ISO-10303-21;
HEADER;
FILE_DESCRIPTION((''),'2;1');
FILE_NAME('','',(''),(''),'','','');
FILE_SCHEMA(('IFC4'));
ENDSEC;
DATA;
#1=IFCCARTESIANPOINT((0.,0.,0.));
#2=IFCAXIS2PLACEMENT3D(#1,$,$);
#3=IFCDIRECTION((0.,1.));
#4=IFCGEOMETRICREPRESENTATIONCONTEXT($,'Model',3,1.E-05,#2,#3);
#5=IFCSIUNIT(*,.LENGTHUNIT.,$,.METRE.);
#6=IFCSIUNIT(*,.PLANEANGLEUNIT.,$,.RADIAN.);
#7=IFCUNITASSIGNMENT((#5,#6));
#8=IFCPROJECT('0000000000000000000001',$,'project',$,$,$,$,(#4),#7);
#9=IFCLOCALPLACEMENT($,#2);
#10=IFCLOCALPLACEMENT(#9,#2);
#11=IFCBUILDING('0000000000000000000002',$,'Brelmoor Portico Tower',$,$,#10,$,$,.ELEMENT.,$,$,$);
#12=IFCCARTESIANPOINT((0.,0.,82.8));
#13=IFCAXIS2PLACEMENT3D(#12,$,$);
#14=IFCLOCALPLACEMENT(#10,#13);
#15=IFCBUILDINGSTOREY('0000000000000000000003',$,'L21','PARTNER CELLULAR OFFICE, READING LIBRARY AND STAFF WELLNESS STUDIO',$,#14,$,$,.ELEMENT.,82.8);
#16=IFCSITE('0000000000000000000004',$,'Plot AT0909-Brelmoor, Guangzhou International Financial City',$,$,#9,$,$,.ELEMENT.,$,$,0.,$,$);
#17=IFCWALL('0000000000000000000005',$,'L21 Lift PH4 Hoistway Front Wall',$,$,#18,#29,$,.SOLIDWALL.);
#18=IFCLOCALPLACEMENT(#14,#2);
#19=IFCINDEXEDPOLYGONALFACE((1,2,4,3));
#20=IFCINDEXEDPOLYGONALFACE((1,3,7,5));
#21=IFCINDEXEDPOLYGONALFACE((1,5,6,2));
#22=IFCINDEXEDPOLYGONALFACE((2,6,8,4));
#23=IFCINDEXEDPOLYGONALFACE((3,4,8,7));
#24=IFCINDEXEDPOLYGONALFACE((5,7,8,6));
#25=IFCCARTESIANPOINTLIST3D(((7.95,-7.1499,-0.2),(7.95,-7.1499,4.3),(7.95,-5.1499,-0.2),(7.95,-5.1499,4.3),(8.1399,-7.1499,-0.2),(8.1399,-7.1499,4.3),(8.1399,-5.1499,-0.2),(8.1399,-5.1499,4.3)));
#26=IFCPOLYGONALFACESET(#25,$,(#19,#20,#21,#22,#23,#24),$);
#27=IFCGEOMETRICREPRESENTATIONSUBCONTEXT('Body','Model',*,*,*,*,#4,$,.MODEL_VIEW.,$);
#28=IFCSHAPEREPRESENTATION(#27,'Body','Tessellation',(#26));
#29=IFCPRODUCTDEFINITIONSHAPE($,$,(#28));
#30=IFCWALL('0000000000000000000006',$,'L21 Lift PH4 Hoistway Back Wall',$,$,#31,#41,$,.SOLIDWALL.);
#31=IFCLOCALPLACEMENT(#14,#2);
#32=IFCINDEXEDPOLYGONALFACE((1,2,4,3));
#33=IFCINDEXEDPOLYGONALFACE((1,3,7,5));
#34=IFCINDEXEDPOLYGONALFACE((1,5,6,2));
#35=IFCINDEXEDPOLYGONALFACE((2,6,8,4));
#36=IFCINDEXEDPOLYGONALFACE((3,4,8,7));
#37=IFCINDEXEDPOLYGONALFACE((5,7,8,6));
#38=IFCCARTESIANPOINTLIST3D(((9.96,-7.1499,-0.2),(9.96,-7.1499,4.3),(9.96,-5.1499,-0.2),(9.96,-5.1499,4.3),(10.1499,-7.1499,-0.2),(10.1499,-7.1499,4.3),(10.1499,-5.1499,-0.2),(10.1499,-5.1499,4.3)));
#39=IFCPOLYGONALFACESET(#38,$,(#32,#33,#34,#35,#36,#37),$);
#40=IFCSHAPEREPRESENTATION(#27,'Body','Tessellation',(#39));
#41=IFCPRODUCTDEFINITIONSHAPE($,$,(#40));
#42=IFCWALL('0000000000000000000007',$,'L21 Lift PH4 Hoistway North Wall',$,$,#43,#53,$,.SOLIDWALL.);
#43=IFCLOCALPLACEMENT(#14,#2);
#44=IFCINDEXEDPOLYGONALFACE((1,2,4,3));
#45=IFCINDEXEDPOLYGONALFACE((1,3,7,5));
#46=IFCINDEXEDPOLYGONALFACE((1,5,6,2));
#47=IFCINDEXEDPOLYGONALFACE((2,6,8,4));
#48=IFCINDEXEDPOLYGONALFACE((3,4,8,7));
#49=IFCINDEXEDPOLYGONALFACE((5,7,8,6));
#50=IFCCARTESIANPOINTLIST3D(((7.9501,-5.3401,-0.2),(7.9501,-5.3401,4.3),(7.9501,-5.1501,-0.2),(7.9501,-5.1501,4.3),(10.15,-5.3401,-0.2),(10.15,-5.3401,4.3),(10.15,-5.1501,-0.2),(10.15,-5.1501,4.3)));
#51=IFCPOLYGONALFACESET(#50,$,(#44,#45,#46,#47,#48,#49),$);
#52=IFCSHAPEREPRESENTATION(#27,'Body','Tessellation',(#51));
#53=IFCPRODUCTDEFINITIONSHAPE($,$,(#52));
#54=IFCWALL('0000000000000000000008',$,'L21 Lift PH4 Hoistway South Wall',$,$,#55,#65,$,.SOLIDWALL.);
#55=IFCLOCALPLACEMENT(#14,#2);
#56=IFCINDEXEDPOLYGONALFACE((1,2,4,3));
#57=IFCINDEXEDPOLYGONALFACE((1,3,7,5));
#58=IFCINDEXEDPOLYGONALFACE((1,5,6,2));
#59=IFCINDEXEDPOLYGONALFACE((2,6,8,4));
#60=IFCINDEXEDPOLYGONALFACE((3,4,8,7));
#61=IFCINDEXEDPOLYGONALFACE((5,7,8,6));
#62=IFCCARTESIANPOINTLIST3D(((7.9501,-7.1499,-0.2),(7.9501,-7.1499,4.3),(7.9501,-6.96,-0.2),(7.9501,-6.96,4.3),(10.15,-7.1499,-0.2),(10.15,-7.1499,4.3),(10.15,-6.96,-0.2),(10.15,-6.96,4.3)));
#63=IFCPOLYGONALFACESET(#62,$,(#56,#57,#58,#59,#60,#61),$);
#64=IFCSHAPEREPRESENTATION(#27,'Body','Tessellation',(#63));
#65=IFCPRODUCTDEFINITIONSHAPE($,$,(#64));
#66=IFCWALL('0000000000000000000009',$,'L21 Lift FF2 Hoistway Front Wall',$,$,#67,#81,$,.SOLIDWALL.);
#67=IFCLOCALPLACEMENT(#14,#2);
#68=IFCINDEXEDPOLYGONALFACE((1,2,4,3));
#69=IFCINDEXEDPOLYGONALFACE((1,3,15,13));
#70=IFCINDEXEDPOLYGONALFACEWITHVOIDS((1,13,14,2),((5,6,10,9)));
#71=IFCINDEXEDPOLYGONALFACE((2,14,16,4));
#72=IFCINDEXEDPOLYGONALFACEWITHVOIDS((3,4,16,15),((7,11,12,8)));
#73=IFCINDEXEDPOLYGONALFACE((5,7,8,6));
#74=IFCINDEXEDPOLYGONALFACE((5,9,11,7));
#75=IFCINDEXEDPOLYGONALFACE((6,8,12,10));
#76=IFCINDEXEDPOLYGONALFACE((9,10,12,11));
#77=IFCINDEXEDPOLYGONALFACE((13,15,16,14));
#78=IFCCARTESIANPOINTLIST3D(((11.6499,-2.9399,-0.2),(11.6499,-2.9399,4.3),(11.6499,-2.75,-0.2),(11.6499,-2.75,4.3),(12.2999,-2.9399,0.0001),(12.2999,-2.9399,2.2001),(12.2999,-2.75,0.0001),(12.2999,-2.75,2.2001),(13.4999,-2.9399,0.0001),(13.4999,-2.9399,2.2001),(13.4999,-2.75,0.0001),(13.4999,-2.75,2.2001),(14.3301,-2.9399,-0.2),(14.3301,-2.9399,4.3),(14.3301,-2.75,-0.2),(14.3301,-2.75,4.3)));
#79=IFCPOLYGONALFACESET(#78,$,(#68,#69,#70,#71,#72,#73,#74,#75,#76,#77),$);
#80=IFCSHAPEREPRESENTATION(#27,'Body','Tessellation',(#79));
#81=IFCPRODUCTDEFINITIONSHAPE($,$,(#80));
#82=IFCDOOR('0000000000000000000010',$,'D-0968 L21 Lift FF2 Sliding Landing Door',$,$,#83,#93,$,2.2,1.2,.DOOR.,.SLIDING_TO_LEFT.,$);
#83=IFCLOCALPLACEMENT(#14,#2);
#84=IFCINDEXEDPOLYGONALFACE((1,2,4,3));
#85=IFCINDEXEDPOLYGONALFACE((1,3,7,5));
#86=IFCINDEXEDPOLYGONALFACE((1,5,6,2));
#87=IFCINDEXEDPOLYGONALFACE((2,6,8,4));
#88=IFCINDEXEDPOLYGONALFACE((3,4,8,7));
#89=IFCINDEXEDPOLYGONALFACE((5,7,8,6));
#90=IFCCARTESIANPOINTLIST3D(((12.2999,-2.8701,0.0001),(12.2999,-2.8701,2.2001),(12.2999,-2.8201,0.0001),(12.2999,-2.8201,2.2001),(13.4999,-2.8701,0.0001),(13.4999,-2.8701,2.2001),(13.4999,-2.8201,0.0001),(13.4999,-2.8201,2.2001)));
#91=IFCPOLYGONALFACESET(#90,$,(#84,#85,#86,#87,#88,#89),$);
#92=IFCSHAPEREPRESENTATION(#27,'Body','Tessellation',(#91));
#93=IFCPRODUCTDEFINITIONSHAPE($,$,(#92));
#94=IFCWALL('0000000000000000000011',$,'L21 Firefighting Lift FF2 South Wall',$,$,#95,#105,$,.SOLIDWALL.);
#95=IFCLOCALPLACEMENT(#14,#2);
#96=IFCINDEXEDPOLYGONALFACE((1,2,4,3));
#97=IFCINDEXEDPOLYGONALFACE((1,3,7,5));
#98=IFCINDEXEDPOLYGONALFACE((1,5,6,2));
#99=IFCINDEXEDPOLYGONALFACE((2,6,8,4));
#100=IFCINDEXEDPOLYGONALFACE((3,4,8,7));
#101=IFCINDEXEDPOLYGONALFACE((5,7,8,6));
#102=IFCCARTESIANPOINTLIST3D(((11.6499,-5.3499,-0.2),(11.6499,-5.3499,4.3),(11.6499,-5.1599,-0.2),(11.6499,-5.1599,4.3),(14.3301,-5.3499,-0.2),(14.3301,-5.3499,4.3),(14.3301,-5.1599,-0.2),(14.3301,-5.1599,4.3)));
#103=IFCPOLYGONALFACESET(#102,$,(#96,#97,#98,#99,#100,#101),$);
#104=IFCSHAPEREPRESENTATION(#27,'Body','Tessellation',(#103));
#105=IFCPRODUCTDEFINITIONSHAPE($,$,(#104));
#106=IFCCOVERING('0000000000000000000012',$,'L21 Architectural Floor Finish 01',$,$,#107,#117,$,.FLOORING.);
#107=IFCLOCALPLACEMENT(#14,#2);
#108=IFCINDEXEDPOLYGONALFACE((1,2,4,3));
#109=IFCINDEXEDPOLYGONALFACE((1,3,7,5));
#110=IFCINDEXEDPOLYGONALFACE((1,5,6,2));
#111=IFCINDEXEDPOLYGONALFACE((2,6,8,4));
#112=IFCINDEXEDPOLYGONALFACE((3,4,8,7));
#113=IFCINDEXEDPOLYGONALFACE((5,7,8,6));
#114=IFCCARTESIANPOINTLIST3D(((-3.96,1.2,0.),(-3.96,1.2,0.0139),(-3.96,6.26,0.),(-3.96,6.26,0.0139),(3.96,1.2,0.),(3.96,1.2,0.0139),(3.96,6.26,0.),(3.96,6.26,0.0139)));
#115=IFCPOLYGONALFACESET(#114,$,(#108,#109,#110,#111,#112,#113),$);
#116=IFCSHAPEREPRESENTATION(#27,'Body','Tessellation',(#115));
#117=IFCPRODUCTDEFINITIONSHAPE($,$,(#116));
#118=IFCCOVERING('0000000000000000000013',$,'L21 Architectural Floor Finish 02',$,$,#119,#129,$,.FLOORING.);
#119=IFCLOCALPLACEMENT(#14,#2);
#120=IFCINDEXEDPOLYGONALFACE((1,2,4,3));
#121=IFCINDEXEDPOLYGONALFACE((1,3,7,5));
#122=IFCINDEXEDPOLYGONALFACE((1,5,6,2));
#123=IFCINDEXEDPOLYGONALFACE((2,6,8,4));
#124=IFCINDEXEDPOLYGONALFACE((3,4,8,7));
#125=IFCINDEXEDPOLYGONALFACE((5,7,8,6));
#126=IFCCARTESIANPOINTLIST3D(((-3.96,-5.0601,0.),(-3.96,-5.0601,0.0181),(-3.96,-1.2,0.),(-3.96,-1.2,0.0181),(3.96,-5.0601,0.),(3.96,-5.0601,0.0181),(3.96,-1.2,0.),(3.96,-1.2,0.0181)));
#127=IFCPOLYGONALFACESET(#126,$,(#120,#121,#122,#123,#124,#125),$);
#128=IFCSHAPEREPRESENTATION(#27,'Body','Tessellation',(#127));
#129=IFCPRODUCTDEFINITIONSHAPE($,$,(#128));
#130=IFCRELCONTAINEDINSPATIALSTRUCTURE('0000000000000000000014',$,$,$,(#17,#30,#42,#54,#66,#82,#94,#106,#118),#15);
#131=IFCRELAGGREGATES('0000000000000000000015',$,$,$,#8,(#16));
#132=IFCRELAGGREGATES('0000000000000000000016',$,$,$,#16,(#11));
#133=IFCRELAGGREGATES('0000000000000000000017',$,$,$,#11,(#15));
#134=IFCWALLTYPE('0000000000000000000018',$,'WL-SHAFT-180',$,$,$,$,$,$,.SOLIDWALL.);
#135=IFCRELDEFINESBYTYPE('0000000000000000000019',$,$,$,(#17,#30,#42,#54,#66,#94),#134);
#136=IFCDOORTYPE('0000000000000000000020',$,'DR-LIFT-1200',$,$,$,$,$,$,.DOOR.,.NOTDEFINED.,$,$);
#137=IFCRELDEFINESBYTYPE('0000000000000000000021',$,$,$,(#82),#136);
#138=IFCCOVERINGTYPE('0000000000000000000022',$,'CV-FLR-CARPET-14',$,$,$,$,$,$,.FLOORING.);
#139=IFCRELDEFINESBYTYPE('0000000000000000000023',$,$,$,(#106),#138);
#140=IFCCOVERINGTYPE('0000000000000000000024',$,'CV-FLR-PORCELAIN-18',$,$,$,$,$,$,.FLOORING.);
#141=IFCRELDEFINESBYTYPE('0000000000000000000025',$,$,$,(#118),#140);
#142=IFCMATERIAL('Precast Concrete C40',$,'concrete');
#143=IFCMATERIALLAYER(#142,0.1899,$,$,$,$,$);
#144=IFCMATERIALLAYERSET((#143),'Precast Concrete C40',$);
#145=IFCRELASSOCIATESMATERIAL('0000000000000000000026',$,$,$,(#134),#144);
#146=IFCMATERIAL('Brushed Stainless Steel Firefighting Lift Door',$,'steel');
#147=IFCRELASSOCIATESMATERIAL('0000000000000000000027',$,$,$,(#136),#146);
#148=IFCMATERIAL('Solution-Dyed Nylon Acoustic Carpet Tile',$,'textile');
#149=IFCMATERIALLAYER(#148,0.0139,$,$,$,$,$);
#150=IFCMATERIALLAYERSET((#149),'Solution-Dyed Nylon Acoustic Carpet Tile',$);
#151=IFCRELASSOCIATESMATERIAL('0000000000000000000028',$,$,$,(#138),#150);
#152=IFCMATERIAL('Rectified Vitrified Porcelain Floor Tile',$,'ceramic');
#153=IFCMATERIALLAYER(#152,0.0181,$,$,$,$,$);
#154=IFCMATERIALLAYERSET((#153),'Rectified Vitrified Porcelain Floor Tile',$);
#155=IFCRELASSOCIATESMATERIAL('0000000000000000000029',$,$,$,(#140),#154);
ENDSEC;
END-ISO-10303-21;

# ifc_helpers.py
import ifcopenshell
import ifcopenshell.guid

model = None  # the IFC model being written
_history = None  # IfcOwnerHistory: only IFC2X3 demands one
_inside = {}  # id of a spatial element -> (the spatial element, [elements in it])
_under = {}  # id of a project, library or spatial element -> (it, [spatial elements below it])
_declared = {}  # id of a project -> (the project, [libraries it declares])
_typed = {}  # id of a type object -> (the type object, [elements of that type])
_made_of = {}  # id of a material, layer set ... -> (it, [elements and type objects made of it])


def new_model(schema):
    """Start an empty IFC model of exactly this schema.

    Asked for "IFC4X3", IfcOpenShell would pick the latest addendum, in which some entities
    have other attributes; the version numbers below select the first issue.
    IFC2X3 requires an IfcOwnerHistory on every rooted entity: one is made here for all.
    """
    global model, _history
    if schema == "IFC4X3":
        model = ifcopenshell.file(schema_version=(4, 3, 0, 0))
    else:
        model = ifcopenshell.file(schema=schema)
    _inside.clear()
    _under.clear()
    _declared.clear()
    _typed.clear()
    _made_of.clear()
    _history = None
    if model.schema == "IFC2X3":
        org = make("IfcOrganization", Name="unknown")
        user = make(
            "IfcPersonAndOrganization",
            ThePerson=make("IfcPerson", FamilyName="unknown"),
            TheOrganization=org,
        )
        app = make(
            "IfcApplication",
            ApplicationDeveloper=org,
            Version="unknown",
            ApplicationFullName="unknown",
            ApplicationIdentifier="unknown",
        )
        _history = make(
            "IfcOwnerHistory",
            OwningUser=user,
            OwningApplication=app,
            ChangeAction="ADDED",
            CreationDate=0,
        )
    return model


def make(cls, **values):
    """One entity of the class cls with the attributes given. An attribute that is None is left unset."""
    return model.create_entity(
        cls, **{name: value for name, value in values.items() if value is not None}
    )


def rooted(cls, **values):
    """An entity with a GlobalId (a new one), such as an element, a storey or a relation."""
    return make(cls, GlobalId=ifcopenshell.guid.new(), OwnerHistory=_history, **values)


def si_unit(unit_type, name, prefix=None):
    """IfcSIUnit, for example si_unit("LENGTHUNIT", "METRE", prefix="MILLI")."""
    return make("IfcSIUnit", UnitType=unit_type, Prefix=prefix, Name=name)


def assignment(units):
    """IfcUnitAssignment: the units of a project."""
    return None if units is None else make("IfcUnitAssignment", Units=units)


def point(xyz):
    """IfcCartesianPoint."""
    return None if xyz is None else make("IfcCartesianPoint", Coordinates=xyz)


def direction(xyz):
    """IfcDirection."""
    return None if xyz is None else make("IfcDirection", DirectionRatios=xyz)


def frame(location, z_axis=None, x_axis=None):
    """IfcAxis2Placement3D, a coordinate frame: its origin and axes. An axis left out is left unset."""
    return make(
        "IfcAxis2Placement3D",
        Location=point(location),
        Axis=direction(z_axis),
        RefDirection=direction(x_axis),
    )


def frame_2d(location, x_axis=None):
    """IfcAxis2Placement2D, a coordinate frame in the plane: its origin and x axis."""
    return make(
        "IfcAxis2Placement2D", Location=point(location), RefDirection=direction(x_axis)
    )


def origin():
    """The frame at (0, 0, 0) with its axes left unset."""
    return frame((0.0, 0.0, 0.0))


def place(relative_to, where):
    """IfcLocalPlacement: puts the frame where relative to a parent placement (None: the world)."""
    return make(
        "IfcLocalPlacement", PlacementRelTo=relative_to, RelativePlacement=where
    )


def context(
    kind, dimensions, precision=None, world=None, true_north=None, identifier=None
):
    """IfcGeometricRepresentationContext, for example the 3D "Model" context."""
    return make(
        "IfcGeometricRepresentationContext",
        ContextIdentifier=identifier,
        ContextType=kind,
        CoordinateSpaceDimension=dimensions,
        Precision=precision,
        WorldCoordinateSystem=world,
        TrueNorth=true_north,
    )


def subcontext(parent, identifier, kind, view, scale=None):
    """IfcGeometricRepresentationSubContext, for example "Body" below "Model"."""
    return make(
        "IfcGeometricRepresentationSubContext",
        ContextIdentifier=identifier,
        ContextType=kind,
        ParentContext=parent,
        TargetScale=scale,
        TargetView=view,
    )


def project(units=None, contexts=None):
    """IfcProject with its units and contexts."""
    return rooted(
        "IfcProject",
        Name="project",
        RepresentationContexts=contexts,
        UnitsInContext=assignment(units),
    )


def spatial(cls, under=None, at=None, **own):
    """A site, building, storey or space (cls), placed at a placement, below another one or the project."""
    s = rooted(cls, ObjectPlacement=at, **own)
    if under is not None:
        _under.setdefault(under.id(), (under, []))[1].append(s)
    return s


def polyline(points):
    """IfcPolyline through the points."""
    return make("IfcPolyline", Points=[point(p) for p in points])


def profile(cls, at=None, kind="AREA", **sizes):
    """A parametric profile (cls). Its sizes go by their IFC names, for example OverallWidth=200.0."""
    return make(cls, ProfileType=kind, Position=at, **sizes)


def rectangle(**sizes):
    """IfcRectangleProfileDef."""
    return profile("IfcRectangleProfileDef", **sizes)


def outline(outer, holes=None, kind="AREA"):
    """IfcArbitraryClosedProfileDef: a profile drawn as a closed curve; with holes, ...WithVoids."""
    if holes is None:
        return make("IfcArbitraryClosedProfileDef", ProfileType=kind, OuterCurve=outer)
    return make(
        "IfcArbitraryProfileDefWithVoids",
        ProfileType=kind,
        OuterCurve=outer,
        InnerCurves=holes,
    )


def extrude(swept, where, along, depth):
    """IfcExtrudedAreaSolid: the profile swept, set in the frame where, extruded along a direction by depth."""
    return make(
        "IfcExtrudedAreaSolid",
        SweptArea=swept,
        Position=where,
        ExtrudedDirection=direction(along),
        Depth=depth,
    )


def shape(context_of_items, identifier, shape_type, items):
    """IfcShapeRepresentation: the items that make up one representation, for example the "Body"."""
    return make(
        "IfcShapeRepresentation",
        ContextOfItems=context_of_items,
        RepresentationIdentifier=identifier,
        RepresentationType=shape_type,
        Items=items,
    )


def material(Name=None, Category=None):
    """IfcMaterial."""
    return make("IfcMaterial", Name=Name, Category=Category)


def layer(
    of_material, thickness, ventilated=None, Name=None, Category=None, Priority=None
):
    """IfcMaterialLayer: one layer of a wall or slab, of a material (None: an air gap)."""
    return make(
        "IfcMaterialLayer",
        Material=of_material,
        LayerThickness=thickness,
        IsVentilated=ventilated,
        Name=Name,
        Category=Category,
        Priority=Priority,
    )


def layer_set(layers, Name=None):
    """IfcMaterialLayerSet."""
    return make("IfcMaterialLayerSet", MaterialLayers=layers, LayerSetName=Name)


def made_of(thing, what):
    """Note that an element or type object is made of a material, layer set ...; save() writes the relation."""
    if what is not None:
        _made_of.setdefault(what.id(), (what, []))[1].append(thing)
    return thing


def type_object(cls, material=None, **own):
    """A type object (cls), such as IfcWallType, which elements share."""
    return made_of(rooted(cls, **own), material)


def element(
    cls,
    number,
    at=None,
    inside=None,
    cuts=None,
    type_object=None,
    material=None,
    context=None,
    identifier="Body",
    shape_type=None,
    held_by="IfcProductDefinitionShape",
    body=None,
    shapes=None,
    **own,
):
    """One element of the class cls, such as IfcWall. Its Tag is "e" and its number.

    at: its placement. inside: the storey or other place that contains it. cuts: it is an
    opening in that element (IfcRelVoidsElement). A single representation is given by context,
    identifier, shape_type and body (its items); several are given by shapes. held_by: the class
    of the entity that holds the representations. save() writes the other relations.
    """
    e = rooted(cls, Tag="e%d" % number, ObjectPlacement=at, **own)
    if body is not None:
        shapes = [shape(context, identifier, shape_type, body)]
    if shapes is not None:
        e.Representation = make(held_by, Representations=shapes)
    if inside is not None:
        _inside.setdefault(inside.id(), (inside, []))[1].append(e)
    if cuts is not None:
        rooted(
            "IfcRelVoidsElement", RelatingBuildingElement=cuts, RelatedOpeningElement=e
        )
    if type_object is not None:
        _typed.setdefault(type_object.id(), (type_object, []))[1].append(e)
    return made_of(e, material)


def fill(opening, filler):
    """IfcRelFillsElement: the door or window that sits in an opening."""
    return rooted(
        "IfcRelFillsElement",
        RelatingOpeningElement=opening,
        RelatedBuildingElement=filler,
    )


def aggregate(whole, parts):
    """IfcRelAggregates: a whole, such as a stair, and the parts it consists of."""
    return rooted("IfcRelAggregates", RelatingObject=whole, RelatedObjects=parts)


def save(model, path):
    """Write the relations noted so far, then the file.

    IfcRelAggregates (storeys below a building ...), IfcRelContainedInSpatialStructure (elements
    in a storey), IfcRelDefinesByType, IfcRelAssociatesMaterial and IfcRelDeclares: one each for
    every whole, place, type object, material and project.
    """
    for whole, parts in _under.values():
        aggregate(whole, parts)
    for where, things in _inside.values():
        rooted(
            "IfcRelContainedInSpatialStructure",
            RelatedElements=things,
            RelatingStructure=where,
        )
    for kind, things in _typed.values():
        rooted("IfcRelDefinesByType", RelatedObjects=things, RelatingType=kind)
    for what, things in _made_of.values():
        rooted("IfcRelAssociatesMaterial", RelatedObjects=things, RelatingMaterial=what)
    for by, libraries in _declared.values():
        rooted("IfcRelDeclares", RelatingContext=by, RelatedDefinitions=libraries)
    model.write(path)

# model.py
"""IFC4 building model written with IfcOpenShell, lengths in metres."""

from ifc_helpers import new_model, si_unit, direction, frame, frame_2d, origin, place, context, subcontext, project, spatial, polyline, rectangle, outline, extrude, material, layer, layer_set, type_object, element, fill, save


model = new_model("IFC4")

# Units and contexts
model_context = context("Model", 3, precision=1e-05, world=origin(), true_north=direction((0.0, 1.0)))
body_context = subcontext(model_context, "Body", "Model", "MODEL_VIEW")
ifc_project = project(units=[si_unit("LENGTHUNIT", "METRE"), si_unit("PLANEANGLEUNIT", "RADIAN")], contexts=[model_context])

# Site, building, storey
site_placement = place(None, origin())
site = spatial("IfcSite", under=ifc_project, at=site_placement, Name="Plot AT0909-Brelmoor, Guangzhou International Financial City", CompositionType="ELEMENT", RefElevation=0.0)
building_placement = place(site_placement, origin())
building = spatial("IfcBuilding", under=site, at=building_placement, Name="Brelmoor Portico Tower", CompositionType="ELEMENT")
storey_placement = place(building_placement, frame((0.0, 0.0, 82.8)))
storey = spatial("IfcBuildingStorey", under=building, at=storey_placement, Name="L21", Description="PARTNER CELLULAR OFFICE, READING LIBRARY AND STAFF WELLNESS STUDIO", CompositionType="ELEMENT", Elevation=82.8)

# Walls
ifc_material_1 = material(Name="Precast Concrete C40", Category="concrete")
ifc_layer_1 = layer(ifc_material_1, 0.1899)
ifc_layer_set_1 = layer_set([ifc_layer_1], Name="Precast Concrete C40")
wall_type_1 = type_object("IfcWallType", Name="WL-SHAFT-180", PredefinedType="SOLIDWALL", material=ifc_layer_set_1)
for number, where, z_axis, x_axis, name in (
    (1, (8.0449, -7.1499, -0.2), (0.0, 0.0, 1.0), (0.0, 1.0, 0.0), "L21 Lift PH4 Hoistway Front Wall"),
    (2, (10.0549, -7.1499, -0.2), (0.0, 0.0, 1.0), (0.0, 1.0, 0.0), "L21 Lift PH4 Hoistway Back Wall"),
):
    element("IfcWall", number, at=place(storey_placement, frame(where, z_axis=z_axis, x_axis=x_axis)), inside=storey, type_object=wall_type_1, Name=name, PredefinedType="SOLIDWALL", context=body_context, shape_type="SweptSolid", body=[
        extrude(rectangle(XDim=2.0, YDim=0.1899, at=frame_2d((1.0, 0.0))), origin(), (0.0, 0.0, 1.0), 4.5),
    ])
for number, where, z_axis, x_axis, name in (
    (3, (7.95, -5.2451, -0.2), (0.0, 0.0, 1.0), (1.0, 0.0, 0.0), "L21 Lift PH4 Hoistway North Wall"),
    (4, (7.95, -7.0549, -0.2), (0.0, 0.0, 1.0), (1.0, 0.0, 0.0), "L21 Lift PH4 Hoistway South Wall"),
):
    element("IfcWall", number, at=place(storey_placement, frame(where, z_axis=z_axis, x_axis=x_axis)), inside=storey, type_object=wall_type_1, Name=name, PredefinedType="SOLIDWALL", context=body_context, shape_type="SweptSolid", body=[
        extrude(rectangle(XDim=2.2, YDim=0.1899, at=frame_2d((1.1001, 0.0))), origin(), (0.0, 0.0, 1.0), 4.5),
    ])

# Wall, opening, door
wall_1_placement = place(storey_placement, frame((11.6499, -2.845, -0.2), z_axis=(0.0, 0.0, 1.0), x_axis=(1.0, 0.0, 0.0)))
wall_1 = element("IfcWall", 5, at=wall_1_placement, inside=storey, type_object=wall_type_1, Name="L21 Lift FF2 Hoistway Front Wall", PredefinedType="SOLIDWALL", context=body_context, shape_type="SweptSolid", body=[
    extrude(rectangle(XDim=2.6802, YDim=0.1899, at=frame_2d((1.3401, 0.0))), origin(), (0.0, 0.0, 1.0), 4.5),
])
opening_1_placement = place(wall_1_placement, frame((0.6499, 0.0, 0.2)))
opening_1 = element("IfcOpeningElement", 6, at=opening_1_placement, cuts=wall_1, PredefinedType="OPENING", context=body_context, shape_type="SweptSolid", body=[
    extrude(rectangle(XDim=1.2, YDim=2.2, at=frame_2d((0.6001, 1.1001))), frame((0.0, 0.105, 0.0), z_axis=(0.0, -1.0, 0.0), x_axis=(1.0, 0.0, 0.0)), (0.0, 0.0, 1.0), 0.21),
])
ifc_material_2 = material(Name="Brushed Stainless Steel Firefighting Lift Door", Category="steel")
door_type_1 = type_object("IfcDoorType", Name="DR-LIFT-1200", OperationType="NOTDEFINED", PredefinedType="DOOR", material=ifc_material_2)
door_1_placement = place(opening_1_placement, origin())
door_1 = element("IfcDoor", 7, at=door_1_placement, inside=storey, type_object=door_type_1, Name="D-0968 L21 Lift FF2 Sliding Landing Door", OperationType="SLIDING_TO_LEFT", OverallHeight=2.2, OverallWidth=1.2, PredefinedType="DOOR", context=body_context, shape_type="SweptSolid", body=[
    extrude(rectangle(XDim=1.2, YDim=2.2, at=frame_2d((0.6001, 1.1001))), frame((0.0, 0.0249, 0.0), z_axis=(0.0, -1.0, 0.0), x_axis=(1.0, 0.0, 0.0)), (0.0, 0.0, 1.0), 0.05),
])
fill(opening_1, door_1)

# Wall
wall_2_placement = place(storey_placement, frame((11.6499, -5.2549, -0.2), z_axis=(0.0, 0.0, 1.0), x_axis=(1.0, 0.0, 0.0)))
element("IfcWall", 8, at=wall_2_placement, inside=storey, type_object=wall_type_1, Name="L21 Firefighting Lift FF2 South Wall", PredefinedType="SOLIDWALL", context=body_context, shape_type="SweptSolid", body=[
    extrude(rectangle(XDim=2.6802, YDim=0.1899, at=frame_2d((1.3401, 0.0))), origin(), (0.0, 0.0, 1.0), 4.5),
])

# Coverings
ifc_material_3 = material(Name="Solution-Dyed Nylon Acoustic Carpet Tile", Category="textile")
ifc_layer_2 = layer(ifc_material_3, 0.0139)
ifc_layer_set_2 = layer_set([ifc_layer_2], Name="Solution-Dyed Nylon Acoustic Carpet Tile")
covering_type_1 = type_object("IfcCoveringType", Name="CV-FLR-CARPET-14", PredefinedType="FLOORING", material=ifc_layer_set_2)
covering_1_placement = place(storey_placement, origin())
element("IfcCovering", 9, at=covering_1_placement, inside=storey, type_object=covering_type_1, Name="L21 Architectural Floor Finish 01", PredefinedType="FLOORING", context=body_context, shape_type="SweptSolid", body=[
    extrude(outline(polyline([(-3.96, 1.2), (-3.96, 6.26), (3.96, 6.26), (3.96, 1.2), (-3.96, 1.2)])), origin(), (0.0, 0.0, 1.0), 0.0139),
])
ifc_material_4 = material(Name="Rectified Vitrified Porcelain Floor Tile", Category="ceramic")
ifc_layer_3 = layer(ifc_material_4, 0.0181)
ifc_layer_set_3 = layer_set([ifc_layer_3], Name="Rectified Vitrified Porcelain Floor Tile")
covering_type_2 = type_object("IfcCoveringType", Name="CV-FLR-PORCELAIN-18", PredefinedType="FLOORING", material=ifc_layer_set_3)
covering_2_placement = place(storey_placement, origin())
element("IfcCovering", 10, at=covering_2_placement, inside=storey, type_object=covering_type_2, Name="L21 Architectural Floor Finish 02", PredefinedType="FLOORING", context=body_context, shape_type="SweptSolid", body=[
    extrude(outline(polyline([(-3.96, -5.0601), (-3.96, -1.2), (3.96, -1.2), (3.96, -5.0601), (-3.96, -5.0601)])), origin(), (0.0, 0.0, 1.0), 0.0181),
])

save(model, "model.ifc")
